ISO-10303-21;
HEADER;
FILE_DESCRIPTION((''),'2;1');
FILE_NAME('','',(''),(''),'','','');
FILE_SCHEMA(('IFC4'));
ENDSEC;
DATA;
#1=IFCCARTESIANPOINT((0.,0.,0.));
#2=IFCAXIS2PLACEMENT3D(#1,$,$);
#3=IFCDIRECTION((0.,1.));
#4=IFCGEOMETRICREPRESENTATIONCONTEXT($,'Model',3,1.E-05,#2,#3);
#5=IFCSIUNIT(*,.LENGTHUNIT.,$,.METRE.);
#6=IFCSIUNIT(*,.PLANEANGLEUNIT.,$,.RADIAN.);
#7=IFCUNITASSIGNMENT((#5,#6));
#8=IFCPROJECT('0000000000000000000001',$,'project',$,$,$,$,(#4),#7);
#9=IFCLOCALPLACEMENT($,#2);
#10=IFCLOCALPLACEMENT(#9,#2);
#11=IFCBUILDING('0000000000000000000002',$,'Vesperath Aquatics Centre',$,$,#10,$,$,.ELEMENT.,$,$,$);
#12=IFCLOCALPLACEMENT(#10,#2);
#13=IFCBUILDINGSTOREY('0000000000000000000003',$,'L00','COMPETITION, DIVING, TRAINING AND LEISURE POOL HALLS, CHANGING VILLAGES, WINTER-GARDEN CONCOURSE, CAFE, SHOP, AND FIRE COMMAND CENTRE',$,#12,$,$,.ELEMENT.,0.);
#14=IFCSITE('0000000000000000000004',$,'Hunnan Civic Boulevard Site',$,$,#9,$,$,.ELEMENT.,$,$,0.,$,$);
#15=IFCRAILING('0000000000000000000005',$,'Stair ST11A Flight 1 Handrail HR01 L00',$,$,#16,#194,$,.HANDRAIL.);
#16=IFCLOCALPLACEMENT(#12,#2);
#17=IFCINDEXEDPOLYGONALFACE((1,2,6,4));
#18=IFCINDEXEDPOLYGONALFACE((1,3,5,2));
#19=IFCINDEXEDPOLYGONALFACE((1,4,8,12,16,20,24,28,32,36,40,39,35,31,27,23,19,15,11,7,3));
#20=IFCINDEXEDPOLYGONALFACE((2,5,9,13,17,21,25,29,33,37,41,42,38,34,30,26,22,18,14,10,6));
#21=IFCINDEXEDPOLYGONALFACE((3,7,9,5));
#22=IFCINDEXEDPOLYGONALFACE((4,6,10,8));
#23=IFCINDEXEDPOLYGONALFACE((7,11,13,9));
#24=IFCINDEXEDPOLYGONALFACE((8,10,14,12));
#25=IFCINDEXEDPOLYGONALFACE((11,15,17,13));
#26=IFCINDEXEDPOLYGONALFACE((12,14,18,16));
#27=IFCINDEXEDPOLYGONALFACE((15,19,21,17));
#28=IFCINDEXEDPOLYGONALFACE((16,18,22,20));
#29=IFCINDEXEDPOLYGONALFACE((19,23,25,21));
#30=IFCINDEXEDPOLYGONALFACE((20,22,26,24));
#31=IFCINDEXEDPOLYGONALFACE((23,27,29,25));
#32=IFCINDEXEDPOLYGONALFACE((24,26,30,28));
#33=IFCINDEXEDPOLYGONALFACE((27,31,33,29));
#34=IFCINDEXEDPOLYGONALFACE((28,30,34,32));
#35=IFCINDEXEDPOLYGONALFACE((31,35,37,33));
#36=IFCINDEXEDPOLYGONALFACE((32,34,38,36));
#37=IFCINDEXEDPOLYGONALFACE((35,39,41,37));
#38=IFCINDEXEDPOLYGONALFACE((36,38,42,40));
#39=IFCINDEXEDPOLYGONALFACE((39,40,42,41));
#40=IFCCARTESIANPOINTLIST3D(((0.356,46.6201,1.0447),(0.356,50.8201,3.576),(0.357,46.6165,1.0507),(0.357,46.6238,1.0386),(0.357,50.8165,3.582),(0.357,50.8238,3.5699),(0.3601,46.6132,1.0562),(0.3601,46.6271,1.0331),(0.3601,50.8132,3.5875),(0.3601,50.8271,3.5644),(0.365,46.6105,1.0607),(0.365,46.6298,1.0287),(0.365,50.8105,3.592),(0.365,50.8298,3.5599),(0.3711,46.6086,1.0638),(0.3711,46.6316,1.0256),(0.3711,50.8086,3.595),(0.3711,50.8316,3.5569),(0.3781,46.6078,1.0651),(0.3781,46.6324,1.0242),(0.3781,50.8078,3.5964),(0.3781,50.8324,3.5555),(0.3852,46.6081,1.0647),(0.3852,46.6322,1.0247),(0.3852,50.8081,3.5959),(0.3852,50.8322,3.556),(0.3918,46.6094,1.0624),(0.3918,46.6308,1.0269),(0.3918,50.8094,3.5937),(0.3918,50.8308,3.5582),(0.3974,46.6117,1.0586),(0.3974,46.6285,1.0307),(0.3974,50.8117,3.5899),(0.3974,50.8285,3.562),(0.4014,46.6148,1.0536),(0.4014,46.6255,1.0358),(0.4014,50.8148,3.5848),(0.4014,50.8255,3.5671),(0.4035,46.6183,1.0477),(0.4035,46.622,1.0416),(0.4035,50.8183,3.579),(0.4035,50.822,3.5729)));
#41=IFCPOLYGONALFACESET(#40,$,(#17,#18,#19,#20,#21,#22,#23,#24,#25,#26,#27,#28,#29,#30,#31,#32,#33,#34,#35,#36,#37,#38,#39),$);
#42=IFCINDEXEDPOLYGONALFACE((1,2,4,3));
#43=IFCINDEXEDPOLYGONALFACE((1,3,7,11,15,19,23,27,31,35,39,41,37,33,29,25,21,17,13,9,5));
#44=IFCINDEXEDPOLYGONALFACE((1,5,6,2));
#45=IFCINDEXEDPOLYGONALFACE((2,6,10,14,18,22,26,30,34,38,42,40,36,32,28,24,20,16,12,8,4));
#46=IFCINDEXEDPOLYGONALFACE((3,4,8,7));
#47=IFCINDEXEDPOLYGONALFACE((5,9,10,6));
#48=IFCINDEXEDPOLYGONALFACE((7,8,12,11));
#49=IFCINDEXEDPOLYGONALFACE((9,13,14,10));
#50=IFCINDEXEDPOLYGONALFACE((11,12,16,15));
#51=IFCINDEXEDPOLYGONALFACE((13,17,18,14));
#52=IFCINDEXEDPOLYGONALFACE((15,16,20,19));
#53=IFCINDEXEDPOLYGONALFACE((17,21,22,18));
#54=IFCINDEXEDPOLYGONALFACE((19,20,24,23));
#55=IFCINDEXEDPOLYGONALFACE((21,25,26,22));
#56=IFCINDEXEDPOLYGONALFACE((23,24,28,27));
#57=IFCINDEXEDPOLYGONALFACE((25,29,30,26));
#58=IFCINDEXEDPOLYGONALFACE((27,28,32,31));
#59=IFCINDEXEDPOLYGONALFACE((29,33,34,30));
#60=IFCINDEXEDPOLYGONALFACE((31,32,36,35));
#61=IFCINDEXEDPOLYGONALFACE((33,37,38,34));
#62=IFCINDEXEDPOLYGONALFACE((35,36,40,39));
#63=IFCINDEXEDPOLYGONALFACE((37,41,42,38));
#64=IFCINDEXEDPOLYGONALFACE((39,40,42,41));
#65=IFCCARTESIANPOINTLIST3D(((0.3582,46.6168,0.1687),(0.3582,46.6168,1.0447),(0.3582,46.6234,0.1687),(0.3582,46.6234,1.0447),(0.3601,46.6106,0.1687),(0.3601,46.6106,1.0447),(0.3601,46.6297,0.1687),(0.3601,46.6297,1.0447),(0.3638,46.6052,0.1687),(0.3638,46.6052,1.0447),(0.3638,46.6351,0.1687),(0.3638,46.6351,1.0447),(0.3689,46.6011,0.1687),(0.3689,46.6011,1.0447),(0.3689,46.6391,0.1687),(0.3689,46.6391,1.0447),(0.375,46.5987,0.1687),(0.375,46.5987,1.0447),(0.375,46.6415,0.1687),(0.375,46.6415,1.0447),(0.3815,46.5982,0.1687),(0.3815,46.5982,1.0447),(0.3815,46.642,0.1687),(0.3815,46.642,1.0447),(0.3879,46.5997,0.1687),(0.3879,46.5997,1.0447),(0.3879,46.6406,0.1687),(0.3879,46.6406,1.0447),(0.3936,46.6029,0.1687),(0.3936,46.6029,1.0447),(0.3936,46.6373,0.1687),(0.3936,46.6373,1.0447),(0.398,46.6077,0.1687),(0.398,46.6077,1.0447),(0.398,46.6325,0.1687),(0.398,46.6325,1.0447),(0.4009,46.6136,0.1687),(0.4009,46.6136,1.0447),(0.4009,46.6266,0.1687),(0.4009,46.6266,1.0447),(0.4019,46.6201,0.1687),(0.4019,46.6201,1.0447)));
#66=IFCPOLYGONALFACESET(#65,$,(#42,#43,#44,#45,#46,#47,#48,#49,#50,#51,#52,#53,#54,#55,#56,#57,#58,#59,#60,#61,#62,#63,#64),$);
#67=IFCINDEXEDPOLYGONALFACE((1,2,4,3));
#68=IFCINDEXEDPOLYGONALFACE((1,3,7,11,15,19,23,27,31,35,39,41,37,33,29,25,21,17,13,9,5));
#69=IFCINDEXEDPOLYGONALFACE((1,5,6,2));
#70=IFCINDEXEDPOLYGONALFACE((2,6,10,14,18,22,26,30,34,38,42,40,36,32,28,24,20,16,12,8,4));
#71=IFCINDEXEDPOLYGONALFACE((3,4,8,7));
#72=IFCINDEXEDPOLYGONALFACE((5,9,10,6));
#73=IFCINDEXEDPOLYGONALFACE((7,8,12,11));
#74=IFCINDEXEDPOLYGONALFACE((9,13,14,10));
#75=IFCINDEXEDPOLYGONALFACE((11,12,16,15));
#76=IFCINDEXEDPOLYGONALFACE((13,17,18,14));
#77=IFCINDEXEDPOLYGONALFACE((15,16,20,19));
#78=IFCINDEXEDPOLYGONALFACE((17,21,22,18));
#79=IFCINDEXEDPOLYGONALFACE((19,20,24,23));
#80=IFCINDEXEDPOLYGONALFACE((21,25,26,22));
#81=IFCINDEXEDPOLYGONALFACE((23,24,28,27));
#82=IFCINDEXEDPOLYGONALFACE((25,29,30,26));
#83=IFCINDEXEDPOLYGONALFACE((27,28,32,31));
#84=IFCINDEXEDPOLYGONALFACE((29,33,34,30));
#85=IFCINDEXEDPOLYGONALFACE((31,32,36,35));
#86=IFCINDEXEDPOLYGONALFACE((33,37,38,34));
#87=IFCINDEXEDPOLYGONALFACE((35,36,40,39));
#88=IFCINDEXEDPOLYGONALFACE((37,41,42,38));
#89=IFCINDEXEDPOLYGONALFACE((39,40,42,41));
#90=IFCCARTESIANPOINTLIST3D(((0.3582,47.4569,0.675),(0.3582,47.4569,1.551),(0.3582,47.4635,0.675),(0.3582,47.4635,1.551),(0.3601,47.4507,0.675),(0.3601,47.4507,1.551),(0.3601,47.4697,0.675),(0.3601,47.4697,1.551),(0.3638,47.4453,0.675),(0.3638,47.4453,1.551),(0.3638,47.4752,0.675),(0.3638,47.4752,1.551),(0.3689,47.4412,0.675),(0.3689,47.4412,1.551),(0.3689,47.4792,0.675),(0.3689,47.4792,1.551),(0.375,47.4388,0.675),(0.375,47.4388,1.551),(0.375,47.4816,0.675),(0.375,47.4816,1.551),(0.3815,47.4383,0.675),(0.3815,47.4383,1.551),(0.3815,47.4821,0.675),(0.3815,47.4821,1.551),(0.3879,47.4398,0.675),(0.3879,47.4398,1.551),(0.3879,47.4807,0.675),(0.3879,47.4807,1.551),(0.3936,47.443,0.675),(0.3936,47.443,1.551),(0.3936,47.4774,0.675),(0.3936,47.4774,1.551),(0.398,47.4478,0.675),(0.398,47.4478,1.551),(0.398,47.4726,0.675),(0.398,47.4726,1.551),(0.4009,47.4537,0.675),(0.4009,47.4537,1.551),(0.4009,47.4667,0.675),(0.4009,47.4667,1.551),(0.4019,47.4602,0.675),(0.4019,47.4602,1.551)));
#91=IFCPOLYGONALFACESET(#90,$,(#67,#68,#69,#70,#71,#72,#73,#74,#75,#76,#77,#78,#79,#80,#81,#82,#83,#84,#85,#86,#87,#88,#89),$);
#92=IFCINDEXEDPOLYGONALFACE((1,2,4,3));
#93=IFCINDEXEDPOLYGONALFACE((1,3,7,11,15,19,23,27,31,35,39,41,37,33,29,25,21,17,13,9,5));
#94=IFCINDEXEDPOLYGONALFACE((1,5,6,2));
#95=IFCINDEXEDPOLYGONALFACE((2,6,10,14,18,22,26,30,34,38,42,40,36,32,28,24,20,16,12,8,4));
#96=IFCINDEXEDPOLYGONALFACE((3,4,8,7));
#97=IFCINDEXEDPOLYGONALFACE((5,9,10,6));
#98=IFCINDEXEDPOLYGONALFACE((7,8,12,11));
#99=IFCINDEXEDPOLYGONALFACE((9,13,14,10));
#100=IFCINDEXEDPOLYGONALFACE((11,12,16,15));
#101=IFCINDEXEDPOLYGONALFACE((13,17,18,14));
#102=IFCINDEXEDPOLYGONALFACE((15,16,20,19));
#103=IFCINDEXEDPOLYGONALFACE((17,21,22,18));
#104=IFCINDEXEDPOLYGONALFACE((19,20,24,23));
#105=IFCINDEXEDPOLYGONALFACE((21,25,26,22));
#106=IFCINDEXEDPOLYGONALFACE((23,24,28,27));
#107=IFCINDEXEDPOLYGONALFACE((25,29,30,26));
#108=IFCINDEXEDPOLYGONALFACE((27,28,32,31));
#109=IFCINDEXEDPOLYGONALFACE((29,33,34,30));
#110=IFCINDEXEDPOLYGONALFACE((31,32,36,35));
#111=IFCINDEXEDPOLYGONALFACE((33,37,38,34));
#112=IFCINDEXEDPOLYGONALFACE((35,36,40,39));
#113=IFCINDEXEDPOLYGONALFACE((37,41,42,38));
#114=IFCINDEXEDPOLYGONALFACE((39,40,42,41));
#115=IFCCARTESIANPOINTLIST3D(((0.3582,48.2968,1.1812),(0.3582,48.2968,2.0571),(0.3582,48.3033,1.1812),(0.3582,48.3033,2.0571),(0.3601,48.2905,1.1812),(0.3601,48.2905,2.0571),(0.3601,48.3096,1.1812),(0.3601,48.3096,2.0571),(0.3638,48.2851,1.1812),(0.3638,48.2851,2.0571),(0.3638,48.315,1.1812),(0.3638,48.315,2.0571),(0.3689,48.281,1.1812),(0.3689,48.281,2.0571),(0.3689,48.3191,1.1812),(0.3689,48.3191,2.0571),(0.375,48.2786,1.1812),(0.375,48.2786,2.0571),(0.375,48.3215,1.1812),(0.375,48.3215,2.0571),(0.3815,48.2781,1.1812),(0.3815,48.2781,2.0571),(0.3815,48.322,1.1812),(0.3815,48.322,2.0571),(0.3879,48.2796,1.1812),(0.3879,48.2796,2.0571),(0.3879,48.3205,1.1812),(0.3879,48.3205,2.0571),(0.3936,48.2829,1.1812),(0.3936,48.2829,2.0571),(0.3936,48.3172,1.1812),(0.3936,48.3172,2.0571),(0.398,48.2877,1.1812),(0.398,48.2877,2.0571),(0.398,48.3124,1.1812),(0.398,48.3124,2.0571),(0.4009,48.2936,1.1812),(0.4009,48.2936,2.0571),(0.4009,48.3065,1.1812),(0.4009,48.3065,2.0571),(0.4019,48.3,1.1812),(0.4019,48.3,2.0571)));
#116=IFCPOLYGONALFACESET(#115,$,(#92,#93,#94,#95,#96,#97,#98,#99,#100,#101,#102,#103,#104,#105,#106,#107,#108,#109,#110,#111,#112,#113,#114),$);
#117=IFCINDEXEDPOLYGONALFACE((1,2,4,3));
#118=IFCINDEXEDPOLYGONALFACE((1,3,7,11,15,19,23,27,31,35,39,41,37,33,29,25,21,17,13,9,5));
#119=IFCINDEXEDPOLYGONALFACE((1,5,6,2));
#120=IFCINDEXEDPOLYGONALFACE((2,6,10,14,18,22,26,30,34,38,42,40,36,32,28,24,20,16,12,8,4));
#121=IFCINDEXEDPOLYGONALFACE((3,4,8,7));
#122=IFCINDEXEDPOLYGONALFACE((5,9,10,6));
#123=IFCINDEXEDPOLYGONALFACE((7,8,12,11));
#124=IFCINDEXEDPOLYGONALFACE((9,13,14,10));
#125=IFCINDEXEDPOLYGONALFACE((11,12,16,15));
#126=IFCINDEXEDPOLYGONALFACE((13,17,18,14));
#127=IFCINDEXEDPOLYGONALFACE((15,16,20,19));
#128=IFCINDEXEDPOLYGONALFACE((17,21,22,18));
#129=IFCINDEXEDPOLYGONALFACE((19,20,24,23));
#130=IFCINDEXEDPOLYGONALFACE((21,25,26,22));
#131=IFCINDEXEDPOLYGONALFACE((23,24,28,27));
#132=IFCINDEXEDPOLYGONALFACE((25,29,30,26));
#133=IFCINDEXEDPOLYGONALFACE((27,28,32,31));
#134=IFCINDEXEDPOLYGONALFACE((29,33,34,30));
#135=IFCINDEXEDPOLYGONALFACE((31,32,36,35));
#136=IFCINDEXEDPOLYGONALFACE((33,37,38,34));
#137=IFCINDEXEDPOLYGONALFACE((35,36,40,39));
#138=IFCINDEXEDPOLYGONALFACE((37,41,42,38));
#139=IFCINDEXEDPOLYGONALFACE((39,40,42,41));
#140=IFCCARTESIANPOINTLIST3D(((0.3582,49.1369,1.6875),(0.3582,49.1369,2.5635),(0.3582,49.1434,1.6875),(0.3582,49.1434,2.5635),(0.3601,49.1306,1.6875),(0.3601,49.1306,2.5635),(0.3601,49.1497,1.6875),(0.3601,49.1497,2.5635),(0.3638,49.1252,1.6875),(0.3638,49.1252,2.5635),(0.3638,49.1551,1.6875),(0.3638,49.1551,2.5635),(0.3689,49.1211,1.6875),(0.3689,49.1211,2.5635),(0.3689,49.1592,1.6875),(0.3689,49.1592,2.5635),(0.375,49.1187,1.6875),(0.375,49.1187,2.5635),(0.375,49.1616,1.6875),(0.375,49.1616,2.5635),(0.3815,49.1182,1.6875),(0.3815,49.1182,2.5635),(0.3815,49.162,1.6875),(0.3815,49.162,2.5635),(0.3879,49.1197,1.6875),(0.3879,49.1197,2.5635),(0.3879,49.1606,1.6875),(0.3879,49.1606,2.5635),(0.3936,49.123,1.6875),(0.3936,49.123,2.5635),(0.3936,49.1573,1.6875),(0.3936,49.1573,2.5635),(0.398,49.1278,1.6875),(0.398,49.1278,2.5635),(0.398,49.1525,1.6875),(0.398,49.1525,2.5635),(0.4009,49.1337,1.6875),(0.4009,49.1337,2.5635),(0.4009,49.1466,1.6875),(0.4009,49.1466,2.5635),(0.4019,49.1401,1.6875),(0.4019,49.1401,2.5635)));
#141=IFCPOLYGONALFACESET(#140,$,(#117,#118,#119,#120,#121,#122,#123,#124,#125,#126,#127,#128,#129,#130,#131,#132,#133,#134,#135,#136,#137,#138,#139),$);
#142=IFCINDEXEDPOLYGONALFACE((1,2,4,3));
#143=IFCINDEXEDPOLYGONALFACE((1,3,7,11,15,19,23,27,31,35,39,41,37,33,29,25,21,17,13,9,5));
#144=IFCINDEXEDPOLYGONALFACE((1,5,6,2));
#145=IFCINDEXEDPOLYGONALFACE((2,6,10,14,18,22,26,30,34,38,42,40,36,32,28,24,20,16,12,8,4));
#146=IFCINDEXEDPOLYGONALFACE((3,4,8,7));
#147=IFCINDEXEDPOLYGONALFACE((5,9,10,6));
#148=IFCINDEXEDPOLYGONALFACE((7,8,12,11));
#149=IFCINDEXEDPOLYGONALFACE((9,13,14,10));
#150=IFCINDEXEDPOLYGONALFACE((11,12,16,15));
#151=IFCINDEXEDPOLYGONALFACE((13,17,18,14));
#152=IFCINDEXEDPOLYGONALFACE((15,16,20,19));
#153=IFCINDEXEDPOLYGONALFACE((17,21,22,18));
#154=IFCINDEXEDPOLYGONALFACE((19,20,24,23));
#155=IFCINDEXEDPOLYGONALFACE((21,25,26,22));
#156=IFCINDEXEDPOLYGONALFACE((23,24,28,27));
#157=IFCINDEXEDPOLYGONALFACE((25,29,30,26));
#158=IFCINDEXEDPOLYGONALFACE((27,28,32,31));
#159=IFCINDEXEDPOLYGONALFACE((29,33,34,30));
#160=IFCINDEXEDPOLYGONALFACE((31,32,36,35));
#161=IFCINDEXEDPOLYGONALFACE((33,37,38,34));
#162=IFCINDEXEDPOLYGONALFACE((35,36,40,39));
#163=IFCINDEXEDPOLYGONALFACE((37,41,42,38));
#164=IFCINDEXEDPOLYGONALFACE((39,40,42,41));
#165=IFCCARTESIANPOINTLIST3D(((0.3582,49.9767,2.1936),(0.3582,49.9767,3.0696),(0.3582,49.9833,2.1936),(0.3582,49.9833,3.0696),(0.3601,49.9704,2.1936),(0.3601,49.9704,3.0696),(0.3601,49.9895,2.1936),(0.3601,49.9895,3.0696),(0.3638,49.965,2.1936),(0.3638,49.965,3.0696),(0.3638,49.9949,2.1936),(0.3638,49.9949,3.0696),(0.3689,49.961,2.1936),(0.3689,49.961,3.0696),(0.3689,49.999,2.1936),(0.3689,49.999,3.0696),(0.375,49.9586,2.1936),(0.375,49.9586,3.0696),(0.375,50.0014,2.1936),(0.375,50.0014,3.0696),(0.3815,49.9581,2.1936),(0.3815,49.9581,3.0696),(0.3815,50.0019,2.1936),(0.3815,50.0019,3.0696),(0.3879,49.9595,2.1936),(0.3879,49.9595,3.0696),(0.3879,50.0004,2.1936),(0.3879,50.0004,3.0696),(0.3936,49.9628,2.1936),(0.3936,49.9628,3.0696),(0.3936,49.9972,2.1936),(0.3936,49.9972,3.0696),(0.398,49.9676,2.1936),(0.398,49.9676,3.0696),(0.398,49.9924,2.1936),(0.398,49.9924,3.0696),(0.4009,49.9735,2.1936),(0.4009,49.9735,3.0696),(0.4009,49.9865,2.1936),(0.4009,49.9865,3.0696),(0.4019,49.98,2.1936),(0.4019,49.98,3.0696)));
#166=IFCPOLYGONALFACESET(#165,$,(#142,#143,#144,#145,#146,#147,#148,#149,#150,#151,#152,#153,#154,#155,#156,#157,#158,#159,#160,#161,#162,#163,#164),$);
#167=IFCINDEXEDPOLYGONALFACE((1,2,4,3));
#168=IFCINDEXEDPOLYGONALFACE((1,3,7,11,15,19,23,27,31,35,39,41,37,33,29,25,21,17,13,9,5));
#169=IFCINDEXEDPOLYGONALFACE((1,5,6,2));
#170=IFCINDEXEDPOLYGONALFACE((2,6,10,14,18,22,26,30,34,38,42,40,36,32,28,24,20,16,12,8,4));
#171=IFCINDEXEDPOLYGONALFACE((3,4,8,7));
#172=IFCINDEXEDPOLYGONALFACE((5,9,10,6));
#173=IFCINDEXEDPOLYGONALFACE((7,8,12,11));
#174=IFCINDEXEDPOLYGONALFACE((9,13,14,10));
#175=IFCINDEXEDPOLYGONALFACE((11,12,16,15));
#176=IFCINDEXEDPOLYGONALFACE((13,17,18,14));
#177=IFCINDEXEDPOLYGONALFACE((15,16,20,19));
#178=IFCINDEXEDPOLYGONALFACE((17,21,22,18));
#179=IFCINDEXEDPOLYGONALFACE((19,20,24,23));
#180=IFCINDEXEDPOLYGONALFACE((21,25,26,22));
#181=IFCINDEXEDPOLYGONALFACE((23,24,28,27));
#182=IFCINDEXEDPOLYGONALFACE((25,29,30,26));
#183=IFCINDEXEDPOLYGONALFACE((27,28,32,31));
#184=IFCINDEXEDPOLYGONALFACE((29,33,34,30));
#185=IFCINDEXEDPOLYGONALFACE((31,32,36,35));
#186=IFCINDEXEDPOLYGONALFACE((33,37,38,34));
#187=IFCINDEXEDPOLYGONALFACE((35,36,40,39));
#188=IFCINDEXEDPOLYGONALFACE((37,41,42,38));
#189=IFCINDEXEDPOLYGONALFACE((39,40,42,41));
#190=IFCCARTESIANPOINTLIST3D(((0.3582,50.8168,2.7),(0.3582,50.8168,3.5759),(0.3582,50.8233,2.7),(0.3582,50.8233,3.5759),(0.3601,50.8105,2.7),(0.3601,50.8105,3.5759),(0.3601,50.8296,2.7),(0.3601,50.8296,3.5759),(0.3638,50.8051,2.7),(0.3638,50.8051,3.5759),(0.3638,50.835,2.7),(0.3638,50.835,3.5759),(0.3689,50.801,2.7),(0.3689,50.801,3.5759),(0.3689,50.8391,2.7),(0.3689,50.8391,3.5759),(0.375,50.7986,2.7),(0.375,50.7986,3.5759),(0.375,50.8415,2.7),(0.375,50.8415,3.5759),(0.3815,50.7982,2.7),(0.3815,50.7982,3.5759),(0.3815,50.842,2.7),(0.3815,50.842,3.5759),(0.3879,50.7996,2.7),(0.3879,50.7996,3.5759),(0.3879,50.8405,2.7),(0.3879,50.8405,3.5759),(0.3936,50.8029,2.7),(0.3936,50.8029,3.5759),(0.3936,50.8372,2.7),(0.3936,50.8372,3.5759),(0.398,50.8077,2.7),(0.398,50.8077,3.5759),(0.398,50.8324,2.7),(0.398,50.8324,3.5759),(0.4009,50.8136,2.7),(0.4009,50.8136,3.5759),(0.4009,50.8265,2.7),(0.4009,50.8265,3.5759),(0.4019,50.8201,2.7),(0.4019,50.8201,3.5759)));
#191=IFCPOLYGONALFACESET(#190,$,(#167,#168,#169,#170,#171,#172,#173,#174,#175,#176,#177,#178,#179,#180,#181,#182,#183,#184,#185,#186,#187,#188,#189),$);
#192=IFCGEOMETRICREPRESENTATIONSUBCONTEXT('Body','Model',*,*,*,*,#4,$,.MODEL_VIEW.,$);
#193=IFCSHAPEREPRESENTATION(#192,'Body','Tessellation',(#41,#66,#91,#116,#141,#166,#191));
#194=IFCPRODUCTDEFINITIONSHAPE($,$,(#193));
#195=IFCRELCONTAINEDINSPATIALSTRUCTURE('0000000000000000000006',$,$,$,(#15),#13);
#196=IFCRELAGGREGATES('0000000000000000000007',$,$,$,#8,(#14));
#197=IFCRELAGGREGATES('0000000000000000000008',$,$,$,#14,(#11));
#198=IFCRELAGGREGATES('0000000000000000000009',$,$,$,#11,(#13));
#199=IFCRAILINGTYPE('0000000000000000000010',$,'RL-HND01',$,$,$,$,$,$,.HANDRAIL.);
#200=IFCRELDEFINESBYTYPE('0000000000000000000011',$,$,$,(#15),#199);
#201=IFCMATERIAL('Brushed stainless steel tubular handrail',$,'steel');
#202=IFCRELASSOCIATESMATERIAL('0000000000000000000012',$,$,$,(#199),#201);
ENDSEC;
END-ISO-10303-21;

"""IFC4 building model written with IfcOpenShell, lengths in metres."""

from ifc_helpers import new_model, si_unit, direction, frame, origin, origin_2d, place, context, subcontext, project, spatial, circle, extrude, material, type_object, element, save


model = new_model("IFC4")

# Units and contexts
model_context = context("Model", 3, precision=1e-05, world=origin(), true_north=direction((0.0, 1.0)))
body_context = subcontext(model_context, "Body", "Model", "MODEL_VIEW")
ifc_project = project(units=[si_unit("LENGTHUNIT", "METRE"), si_unit("PLANEANGLEUNIT", "RADIAN")], contexts=[model_context])

# Site, building, storey
site_placement = place(None, origin())
site = spatial("IfcSite", under=ifc_project, at=site_placement, Name="Hunnan Civic Boulevard Site", CompositionType="ELEMENT", RefElevation=0.0)
building_placement = place(site_placement, origin())
building = spatial("IfcBuilding", under=site, at=building_placement, Name="Vesperath Aquatics Centre", CompositionType="ELEMENT")
storey_placement = place(building_placement, origin())
storey = spatial("IfcBuildingStorey", under=building, at=storey_placement, Name="L00", Description="COMPETITION, DIVING, TRAINING AND LEISURE POOL HALLS, CHANGING VILLAGES, WINTER-GARDEN CONCOURSE, CAFE, SHOP, AND FIRE COMMAND CENTRE", CompositionType="ELEMENT", Elevation=0.0)

# Railing
ifc_material_1 = material(Name="Brushed stainless steel tubular handrail", Category="steel")
railing_type_1 = type_object("IfcRailingType", Name="RL-HND01", PredefinedType="HANDRAIL", material=ifc_material_1)
railing_1_placement = place(storey_placement, frame((0.3799, 46.6201, 0.1687)))
element("IfcRailing", 1, at=railing_1_placement, inside=storey, type_object=railing_type_1, Name="Stair ST11A Flight 1 Handrail HR01 L00", PredefinedType="HANDRAIL", context=body_context, shape_type="SweptSolid", body=[
    extrude(circle(Radius=0.0239, at=origin_2d()), frame((0.0, 0.0, 0.876), z_axis=(0.0, 0.856476, 0.516186), x_axis=(-1.0, 0.0, 0.0)), (0.0, 0.0, 1.0), 4.9038),
    extrude(circle(Radius=0.022, at=origin_2d()), origin(), (0.0, 0.0, 1.0), 0.876),
    extrude(circle(Radius=0.022, at=origin_2d()), frame((0.0, 0.8401, 0.5063)), (0.0, 0.0, 1.0), 0.876),
    extrude(circle(Radius=0.022, at=origin_2d()), frame((0.0, 1.6799, 1.0125)), (0.0, 0.0, 1.0), 0.876),
    extrude(circle(Radius=0.022, at=origin_2d()), frame((0.0, 2.52, 1.5188)), (0.0, 0.0, 1.0), 0.876),
    extrude(circle(Radius=0.022, at=origin_2d()), frame((0.0, 3.3599, 2.0249)), (0.0, 0.0, 1.0), 0.876),
    extrude(circle(Radius=0.022, at=origin_2d()), frame((0.0, 4.2, 2.5312)), (0.0, 0.0, 1.0), 0.876),
])

save(model, "model.ifc")
